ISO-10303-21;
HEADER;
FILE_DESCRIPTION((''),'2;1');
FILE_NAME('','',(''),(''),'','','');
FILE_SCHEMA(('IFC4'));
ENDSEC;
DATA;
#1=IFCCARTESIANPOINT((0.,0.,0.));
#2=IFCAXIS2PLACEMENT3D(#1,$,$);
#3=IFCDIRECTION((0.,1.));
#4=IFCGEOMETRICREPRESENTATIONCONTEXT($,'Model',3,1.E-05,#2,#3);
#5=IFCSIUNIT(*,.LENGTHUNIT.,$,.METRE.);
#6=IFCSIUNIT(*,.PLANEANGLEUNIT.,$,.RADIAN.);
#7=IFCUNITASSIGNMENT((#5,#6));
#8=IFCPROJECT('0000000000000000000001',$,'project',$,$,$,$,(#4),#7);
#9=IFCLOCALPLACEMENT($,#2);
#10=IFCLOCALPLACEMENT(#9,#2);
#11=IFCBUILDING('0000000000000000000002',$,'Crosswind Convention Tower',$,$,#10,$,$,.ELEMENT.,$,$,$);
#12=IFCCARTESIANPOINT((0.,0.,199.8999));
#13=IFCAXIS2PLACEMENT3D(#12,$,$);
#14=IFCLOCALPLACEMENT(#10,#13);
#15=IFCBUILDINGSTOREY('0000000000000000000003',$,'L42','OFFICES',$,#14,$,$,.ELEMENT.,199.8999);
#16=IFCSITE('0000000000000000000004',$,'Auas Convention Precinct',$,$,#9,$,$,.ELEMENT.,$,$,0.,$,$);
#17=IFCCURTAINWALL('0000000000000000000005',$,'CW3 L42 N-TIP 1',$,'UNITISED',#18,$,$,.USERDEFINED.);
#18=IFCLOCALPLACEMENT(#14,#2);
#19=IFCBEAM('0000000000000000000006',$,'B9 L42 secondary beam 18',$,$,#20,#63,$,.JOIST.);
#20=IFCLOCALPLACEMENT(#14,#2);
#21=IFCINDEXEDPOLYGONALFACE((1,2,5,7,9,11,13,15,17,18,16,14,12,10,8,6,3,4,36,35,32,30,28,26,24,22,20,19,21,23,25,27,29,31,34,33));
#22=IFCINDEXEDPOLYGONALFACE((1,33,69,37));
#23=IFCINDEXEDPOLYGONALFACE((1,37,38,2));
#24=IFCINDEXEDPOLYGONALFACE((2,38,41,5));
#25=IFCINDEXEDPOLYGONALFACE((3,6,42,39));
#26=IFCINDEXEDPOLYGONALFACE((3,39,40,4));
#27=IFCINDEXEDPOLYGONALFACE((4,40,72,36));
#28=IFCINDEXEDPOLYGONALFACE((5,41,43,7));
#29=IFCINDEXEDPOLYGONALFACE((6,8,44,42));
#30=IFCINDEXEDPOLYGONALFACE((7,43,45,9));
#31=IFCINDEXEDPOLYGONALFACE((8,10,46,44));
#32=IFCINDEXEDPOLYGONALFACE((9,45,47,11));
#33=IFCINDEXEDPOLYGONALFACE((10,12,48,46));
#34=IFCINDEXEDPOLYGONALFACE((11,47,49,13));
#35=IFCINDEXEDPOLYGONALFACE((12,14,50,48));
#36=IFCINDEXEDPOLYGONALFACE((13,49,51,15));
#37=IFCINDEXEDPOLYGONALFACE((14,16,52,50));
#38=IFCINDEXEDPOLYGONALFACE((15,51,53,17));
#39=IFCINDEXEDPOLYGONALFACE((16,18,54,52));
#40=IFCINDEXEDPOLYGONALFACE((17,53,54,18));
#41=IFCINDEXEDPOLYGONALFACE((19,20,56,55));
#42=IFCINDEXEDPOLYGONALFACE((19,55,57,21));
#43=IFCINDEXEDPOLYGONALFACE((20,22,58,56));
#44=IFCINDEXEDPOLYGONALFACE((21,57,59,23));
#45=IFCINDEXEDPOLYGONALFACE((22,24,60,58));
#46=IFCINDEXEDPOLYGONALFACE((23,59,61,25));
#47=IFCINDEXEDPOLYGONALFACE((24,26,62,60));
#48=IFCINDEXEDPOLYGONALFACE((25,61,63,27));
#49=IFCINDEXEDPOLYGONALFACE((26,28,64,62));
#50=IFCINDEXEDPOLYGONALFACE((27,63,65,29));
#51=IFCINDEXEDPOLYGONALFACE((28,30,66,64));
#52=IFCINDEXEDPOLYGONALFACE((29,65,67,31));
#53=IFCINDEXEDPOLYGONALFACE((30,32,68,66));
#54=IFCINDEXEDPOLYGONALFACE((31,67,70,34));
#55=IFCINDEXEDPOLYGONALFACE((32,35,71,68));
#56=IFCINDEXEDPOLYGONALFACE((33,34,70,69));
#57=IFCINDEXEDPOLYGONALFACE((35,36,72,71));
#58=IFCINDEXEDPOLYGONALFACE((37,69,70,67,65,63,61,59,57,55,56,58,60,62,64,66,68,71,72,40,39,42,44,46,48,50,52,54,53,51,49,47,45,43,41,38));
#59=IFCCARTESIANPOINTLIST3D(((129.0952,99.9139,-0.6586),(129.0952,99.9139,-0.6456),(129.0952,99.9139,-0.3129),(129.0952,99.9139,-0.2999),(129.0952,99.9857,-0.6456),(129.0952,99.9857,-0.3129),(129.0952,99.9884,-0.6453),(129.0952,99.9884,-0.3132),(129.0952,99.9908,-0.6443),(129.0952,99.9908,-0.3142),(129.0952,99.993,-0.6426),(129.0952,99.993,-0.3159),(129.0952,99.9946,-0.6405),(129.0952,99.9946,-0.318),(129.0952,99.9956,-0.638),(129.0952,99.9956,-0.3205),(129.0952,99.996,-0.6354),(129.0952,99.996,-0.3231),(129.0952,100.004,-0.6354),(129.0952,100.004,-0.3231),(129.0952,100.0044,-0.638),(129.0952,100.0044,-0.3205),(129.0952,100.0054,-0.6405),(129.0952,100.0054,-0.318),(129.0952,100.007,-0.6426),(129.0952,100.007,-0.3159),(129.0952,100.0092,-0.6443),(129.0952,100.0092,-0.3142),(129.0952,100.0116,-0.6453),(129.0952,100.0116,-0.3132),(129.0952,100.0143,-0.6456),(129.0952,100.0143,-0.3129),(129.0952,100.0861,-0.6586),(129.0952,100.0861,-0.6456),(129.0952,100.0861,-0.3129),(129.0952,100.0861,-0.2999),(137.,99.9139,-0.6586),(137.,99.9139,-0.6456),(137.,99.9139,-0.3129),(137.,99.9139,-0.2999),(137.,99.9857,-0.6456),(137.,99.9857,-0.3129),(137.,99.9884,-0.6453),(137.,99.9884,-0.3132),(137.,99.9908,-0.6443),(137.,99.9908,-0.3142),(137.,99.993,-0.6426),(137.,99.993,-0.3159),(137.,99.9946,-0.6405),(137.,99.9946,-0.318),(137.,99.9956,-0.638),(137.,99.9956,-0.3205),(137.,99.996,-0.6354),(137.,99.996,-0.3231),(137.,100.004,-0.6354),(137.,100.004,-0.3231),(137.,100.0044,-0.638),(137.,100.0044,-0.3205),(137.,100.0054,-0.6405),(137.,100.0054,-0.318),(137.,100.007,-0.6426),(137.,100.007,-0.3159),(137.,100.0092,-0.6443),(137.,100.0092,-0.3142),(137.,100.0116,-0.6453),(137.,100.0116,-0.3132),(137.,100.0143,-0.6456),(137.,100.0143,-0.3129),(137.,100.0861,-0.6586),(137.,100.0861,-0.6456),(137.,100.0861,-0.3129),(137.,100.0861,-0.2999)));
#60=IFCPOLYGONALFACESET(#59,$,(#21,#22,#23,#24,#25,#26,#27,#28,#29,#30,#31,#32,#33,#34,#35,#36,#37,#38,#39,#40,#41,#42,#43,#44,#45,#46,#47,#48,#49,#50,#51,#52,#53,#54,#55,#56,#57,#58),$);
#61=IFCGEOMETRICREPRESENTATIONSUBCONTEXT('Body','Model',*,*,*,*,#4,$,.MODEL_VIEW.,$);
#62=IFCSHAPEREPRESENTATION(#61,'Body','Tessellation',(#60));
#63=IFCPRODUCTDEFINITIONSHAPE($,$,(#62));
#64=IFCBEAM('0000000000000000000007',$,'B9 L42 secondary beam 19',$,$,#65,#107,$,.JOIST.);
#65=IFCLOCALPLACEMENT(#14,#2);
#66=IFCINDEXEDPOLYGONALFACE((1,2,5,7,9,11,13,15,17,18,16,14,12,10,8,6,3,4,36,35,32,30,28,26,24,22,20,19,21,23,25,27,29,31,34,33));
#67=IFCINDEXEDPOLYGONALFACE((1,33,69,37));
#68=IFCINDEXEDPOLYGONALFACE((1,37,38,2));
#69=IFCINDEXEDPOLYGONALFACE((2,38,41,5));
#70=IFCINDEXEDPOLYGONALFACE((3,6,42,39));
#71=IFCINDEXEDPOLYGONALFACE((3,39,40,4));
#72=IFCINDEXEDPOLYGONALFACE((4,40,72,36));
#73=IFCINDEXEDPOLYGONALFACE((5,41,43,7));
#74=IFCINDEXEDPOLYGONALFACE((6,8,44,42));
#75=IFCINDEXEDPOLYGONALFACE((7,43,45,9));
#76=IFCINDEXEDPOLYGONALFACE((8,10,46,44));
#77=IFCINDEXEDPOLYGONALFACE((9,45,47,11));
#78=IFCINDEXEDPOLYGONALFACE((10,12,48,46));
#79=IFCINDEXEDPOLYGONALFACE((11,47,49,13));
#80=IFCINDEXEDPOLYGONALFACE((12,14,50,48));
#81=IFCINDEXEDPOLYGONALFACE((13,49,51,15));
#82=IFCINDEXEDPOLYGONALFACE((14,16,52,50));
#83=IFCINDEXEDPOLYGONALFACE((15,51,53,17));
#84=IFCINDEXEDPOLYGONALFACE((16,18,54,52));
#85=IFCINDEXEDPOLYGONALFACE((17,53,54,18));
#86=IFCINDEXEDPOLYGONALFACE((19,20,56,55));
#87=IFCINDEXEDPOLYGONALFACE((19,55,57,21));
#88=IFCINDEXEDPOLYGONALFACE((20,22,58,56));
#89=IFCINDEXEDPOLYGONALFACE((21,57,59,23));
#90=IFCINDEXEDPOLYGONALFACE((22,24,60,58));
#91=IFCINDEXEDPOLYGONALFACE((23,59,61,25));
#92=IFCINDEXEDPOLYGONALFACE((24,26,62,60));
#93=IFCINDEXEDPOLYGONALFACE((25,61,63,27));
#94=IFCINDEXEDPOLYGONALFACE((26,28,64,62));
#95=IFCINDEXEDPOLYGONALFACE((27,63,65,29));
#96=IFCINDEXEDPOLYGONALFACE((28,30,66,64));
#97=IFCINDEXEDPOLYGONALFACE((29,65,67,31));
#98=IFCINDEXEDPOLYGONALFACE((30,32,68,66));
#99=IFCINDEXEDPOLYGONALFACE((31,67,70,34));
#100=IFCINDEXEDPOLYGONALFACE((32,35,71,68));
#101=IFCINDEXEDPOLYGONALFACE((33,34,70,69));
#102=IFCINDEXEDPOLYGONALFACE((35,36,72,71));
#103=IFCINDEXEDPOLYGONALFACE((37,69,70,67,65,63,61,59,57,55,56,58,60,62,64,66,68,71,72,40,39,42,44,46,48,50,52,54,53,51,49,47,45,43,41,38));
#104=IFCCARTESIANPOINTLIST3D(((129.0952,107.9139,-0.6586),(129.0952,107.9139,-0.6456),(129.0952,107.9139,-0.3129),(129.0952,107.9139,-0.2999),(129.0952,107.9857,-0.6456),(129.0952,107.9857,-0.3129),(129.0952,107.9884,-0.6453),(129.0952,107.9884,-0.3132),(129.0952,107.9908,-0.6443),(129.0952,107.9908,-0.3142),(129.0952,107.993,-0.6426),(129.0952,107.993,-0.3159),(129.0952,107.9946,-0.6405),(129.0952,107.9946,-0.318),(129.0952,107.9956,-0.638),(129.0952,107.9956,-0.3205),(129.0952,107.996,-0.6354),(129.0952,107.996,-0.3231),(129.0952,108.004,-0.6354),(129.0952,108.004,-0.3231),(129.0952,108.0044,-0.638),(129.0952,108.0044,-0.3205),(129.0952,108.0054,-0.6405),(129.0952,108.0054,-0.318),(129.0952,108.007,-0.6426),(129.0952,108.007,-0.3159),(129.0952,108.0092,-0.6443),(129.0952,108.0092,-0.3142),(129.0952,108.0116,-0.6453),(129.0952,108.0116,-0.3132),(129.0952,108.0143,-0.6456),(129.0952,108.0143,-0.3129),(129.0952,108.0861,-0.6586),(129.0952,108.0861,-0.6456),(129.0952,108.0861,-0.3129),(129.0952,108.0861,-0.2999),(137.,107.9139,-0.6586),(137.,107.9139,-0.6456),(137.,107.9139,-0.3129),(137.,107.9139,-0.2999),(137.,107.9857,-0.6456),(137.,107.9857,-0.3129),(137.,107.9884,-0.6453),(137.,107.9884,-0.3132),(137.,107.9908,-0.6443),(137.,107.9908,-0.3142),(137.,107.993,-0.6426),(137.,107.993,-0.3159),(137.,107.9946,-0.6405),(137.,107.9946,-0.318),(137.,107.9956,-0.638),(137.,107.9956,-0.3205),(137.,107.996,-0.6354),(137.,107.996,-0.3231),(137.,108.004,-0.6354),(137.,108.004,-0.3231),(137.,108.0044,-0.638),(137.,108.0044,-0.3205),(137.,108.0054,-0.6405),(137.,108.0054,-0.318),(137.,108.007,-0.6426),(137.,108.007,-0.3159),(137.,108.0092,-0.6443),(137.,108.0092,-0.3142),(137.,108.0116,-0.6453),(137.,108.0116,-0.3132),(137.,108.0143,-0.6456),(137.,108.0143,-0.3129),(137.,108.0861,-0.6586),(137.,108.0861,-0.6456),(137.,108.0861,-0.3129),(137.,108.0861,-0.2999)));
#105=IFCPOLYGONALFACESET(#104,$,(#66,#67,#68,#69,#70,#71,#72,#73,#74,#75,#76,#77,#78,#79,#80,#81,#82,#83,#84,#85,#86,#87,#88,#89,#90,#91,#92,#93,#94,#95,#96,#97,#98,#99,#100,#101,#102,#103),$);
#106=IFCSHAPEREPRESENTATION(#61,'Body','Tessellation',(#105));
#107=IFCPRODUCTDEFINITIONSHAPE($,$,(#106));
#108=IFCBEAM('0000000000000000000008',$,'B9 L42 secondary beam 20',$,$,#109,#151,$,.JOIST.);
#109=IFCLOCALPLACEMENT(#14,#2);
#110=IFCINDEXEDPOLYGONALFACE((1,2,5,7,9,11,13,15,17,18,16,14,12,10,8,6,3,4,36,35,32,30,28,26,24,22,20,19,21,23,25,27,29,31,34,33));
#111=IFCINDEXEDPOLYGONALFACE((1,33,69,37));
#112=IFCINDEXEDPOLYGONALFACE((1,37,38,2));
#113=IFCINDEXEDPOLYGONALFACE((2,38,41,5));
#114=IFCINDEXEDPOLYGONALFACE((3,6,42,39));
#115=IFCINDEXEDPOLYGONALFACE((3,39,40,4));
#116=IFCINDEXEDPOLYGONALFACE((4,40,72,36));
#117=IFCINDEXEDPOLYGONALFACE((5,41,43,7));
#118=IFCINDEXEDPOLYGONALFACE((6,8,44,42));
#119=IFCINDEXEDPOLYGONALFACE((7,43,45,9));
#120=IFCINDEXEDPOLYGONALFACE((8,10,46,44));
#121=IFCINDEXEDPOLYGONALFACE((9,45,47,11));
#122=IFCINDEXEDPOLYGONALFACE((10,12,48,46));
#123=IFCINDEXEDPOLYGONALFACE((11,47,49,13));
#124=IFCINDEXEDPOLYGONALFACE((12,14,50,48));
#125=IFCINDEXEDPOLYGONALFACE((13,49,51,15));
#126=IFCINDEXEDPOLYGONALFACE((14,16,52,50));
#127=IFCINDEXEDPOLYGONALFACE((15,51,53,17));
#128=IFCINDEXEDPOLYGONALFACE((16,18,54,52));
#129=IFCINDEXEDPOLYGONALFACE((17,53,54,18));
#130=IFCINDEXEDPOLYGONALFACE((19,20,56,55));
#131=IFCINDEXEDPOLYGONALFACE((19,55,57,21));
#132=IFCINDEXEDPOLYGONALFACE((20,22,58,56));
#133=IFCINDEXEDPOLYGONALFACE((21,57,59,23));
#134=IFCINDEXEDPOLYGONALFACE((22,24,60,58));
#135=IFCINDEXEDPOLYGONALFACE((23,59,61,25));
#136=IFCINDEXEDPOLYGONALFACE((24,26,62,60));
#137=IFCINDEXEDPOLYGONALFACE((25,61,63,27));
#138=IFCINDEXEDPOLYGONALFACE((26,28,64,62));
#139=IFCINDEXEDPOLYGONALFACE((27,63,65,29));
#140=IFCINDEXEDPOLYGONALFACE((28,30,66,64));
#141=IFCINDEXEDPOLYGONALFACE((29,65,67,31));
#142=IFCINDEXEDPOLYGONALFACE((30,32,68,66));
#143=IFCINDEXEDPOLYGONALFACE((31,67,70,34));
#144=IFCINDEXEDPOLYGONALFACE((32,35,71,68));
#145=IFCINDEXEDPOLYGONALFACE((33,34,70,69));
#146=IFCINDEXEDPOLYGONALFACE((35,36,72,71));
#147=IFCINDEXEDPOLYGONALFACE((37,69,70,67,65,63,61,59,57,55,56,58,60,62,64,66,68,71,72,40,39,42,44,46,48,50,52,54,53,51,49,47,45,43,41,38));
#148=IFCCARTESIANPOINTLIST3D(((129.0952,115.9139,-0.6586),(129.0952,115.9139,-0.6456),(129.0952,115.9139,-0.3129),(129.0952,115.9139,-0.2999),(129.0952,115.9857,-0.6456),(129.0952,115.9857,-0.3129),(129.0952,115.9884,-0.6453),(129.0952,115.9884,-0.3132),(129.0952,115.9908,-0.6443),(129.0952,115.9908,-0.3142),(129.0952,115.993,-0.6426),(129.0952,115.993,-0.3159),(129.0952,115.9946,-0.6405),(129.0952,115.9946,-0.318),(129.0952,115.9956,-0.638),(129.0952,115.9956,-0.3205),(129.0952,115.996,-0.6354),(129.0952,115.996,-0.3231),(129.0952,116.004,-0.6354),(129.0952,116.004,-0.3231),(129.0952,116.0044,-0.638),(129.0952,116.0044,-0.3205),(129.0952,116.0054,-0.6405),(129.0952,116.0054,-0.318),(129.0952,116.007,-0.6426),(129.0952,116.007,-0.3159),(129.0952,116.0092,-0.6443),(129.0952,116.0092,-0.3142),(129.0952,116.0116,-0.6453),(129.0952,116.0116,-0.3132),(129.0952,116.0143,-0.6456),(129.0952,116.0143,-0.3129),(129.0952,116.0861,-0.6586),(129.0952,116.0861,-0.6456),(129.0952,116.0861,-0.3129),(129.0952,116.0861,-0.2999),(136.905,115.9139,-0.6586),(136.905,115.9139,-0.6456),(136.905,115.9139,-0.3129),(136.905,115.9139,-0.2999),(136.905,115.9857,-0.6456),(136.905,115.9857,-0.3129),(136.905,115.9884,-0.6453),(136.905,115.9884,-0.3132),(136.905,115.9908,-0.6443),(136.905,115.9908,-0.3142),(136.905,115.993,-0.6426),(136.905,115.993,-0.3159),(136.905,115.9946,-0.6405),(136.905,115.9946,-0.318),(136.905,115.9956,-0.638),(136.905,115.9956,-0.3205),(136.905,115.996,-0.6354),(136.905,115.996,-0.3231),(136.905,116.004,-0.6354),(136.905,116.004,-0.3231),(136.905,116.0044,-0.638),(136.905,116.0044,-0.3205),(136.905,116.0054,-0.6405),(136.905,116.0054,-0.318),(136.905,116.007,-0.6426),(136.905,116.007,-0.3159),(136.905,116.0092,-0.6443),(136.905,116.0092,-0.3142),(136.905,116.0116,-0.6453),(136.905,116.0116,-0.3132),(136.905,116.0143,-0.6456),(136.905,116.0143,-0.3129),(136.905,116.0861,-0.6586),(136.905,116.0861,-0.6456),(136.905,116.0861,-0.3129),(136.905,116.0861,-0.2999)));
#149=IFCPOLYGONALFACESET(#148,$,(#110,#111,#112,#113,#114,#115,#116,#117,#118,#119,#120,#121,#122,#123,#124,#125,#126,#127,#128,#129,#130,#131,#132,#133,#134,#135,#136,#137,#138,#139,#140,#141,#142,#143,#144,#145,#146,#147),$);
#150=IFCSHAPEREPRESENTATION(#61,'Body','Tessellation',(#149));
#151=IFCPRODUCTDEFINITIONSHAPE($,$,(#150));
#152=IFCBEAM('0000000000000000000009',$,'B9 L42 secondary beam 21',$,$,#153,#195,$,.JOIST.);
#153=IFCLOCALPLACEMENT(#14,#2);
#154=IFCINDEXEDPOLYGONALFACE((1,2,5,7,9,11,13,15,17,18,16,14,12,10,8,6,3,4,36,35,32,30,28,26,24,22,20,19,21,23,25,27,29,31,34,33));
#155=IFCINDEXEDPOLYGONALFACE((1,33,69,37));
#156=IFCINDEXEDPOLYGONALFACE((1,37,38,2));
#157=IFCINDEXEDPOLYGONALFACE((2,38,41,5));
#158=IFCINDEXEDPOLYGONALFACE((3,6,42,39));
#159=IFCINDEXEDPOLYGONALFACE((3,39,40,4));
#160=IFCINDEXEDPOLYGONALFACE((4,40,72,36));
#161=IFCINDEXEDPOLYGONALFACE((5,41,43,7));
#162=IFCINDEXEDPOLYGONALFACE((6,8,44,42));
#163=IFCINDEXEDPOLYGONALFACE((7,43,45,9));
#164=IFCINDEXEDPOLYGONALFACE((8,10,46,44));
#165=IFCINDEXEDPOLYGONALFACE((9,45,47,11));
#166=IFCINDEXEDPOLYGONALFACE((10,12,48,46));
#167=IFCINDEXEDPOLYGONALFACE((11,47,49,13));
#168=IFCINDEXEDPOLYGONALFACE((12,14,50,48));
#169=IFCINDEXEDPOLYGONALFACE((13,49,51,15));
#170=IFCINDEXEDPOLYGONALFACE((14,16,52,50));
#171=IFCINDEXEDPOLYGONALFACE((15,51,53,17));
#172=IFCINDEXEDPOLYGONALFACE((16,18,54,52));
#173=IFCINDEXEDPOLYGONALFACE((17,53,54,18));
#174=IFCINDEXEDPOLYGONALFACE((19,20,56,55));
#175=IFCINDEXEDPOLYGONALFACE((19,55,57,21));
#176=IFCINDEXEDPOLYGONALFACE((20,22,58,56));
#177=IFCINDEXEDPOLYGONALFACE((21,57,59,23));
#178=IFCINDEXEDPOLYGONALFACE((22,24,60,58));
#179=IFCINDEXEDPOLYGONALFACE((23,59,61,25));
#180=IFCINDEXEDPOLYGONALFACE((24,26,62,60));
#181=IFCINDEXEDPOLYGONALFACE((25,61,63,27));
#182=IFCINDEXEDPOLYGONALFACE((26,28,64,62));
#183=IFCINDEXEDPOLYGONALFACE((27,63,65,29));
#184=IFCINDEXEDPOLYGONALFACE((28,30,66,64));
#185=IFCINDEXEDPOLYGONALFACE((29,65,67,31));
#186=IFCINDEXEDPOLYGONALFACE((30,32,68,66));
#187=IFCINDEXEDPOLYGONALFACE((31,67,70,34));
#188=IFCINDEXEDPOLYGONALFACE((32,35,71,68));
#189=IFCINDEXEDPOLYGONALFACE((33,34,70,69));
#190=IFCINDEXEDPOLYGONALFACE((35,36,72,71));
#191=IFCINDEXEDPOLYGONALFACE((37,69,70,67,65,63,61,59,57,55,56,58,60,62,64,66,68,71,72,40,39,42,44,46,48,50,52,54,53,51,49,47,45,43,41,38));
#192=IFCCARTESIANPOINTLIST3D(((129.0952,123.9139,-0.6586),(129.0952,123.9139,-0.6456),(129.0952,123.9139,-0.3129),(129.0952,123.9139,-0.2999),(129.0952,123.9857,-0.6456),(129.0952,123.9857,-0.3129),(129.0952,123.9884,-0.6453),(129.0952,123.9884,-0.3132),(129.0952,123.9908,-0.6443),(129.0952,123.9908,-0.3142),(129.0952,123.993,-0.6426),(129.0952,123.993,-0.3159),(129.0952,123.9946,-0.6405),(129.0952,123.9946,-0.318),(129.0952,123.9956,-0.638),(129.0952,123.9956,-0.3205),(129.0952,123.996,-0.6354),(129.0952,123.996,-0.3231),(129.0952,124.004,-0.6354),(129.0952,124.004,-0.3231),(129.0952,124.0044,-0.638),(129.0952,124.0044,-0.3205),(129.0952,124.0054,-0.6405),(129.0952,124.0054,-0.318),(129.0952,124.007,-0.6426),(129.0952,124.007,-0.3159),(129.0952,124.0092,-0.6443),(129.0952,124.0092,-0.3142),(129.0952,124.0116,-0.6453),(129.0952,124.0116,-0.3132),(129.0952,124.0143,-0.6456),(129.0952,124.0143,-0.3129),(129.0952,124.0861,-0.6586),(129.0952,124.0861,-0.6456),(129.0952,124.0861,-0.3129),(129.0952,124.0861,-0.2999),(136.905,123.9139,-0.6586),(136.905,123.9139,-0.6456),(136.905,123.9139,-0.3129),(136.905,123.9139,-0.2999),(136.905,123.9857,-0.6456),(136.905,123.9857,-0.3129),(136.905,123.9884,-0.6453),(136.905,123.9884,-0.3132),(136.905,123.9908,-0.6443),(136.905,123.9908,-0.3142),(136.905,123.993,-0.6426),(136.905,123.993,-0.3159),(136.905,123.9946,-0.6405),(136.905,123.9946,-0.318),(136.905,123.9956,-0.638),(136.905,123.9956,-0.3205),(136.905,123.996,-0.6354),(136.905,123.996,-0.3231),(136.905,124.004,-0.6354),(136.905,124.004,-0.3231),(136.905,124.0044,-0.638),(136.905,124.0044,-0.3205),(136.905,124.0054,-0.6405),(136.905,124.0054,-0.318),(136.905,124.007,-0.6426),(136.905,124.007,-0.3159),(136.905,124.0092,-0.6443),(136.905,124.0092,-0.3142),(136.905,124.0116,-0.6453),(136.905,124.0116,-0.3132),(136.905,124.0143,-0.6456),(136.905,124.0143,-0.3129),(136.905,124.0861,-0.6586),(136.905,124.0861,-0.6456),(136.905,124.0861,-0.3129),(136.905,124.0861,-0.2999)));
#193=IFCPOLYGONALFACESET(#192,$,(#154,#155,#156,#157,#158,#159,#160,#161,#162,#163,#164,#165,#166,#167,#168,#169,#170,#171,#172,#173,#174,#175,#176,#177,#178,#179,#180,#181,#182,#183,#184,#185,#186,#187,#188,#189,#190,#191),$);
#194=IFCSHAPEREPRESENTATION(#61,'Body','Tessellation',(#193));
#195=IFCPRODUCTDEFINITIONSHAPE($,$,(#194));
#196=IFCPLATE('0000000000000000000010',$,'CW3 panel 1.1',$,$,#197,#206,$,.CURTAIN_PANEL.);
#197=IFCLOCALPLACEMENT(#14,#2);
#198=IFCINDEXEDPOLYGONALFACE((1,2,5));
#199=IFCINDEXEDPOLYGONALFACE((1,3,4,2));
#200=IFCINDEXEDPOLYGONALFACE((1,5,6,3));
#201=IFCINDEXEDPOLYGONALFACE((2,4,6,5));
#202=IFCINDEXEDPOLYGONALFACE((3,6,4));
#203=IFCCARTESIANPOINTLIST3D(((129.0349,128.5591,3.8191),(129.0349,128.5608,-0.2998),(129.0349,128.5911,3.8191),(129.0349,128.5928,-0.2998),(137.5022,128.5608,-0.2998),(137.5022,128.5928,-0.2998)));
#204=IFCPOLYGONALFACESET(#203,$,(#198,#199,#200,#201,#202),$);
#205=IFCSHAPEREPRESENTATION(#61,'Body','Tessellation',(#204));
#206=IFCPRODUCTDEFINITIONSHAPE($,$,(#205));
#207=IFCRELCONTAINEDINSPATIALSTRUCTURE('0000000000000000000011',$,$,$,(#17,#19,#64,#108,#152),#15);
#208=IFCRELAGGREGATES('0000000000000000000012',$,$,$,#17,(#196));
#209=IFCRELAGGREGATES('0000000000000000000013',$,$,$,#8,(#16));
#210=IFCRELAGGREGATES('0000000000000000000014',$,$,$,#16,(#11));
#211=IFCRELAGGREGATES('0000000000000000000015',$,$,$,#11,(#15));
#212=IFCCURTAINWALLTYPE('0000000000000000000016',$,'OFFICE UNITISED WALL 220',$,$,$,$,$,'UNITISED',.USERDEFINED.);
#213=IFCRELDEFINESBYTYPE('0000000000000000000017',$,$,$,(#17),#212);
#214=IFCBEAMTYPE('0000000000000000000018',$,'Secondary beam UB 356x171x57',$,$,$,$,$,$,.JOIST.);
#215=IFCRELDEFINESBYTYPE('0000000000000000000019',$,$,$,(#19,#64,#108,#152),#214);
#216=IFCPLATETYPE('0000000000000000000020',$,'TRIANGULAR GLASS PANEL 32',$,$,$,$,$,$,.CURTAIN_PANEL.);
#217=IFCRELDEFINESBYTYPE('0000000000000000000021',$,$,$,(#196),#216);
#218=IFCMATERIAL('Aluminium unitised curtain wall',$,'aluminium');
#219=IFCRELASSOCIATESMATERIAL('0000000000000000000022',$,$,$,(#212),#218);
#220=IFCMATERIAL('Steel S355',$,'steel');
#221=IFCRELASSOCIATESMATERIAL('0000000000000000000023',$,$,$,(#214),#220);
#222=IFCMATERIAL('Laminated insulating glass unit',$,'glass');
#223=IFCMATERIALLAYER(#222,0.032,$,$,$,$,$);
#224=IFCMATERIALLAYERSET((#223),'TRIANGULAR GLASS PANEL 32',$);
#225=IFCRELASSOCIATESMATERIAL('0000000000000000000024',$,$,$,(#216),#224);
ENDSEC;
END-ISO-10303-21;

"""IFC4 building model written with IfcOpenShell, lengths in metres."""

from ifc_helpers import new_model, si_unit, direction, frame, origin, origin_2d, place, context, subcontext, project, spatial, polyline, i_section, outline, extrude, material, layer, layer_set, material_profile, profile_set, type_object, element, aggregate, save


model = new_model("IFC4")

# Units and contexts
model_context = context("Model", 3, precision=1e-05, world=origin(), true_north=direction((0.0, 1.0)))
body_context = subcontext(model_context, "Body", "Model", "MODEL_VIEW")
ifc_project = project(units=[si_unit("LENGTHUNIT", "METRE"), si_unit("PLANEANGLEUNIT", "RADIAN")], contexts=[model_context])

# Site, building, storey
site_placement = place(None, origin())
site = spatial("IfcSite", under=ifc_project, at=site_placement, Name="Auas Convention Precinct", CompositionType="ELEMENT", RefElevation=0.0)
building_placement = place(site_placement, origin())
building = spatial("IfcBuilding", under=site, at=building_placement, Name="Crosswind Convention Tower", CompositionType="ELEMENT")
storey_placement = place(building_placement, frame((0.0, 0.0, 199.8999)))
storey = spatial("IfcBuildingStorey", under=building, at=storey_placement, Name="L42", Description="OFFICES", CompositionType="ELEMENT", Elevation=199.8999)

# Shared definitions
ifc_material_1 = material(Name="Steel S355", Category="steel")

# Curtain wall
ifc_material_2 = material(Name="Aluminium unitised curtain wall", Category="aluminium")
curtain_wall_type = type_object("IfcCurtainWallType", Name="OFFICE UNITISED WALL 220", ElementType="UNITISED", PredefinedType="USERDEFINED", material=ifc_material_2)
curtain_wall_placement = place(storey_placement, origin())
curtain_wall = element("IfcCurtainWall", 1, at=curtain_wall_placement, inside=storey, type_object=curtain_wall_type, Name="CW3 L42 N-TIP 1", ObjectType="UNITISED", PredefinedType="USERDEFINED")

# Beams
ifc_material_profile_1 = material_profile(ifc_material_1, i_section(OverallWidth=0.1721, OverallDepth=0.3586, WebThickness=0.0081, FlangeThickness=0.0129, FilletRadius=0.0103, at=origin_2d()), Name="UB 356x171x57")
ifc_profile_set_1 = profile_set([ifc_material_profile_1], Name="Steel S355")
beam_type_1 = type_object("IfcBeamType", Name="Secondary beam UB 356x171x57", PredefinedType="JOIST", material=ifc_profile_set_1)
for number, where, z_axis, x_axis, name in (
    (2, (129.0952, 100.0, -0.4792), (1.0, 0.0, 0.0), (0.0, 1.0, 0.0), "B9 L42 secondary beam 18"),
    (3, (129.0952, 108.0, -0.4792), (1.0, 0.0, 0.0), (0.0, 1.0, 0.0), "B9 L42 secondary beam 19"),
):
    element("IfcBeam", number, at=place(storey_placement, frame(where, z_axis=z_axis, x_axis=x_axis)), inside=storey, type_object=beam_type_1, Name=name, PredefinedType="JOIST", context=body_context, shape_type="SweptSolid", body=[
        extrude(i_section(OverallWidth=0.1721, OverallDepth=0.3586, WebThickness=0.0081, FlangeThickness=0.0129, FilletRadius=0.0103, at=origin_2d()), origin(), (0.0, 0.0, 1.0), 7.9048),
    ])
for number, where, z_axis, x_axis, name in (
    (4, (129.0952, 116.0, -0.4792), (1.0, 0.0, 0.0), (0.0, 1.0, 0.0), "B9 L42 secondary beam 20"),
    (5, (129.0952, 124.0, -0.4792), (1.0, 0.0, 0.0), (0.0, 1.0, 0.0), "B9 L42 secondary beam 21"),
):
    element("IfcBeam", number, at=place(storey_placement, frame(where, z_axis=z_axis, x_axis=x_axis)), inside=storey, type_object=beam_type_1, Name=name, PredefinedType="JOIST", context=body_context, shape_type="SweptSolid", body=[
        extrude(i_section(OverallWidth=0.1721, OverallDepth=0.3586, WebThickness=0.0081, FlangeThickness=0.0129, FilletRadius=0.0103, at=origin_2d()), origin(), (0.0, 0.0, 1.0), 7.8098),
    ])

# Plate
ifc_material_3 = material(Name="Laminated insulating glass unit", Category="glass")
ifc_layer_1 = layer(ifc_material_3, 0.032)
ifc_layer_set_1 = layer_set([ifc_layer_1], Name="TRIANGULAR GLASS PANEL 32")
plate_type = type_object("IfcPlateType", Name="TRIANGULAR GLASS PANEL 32", PredefinedType="CURTAIN_PANEL", material=ifc_layer_set_1)
plate_1_placement = place(storey_placement, frame((129.0349, 128.5928, -0.2998), z_axis=(0.0, 1.0, 0.000415), x_axis=(0.0, -0.000415, 1.0)))
plate_1 = element("IfcPlate", 6, at=plate_1_placement, type_object=plate_type, Name="CW3 panel 1.1", PredefinedType="CURTAIN_PANEL", context=body_context, shape_type="SweptSolid", body=[
    extrude(outline(polyline([(0.0, 0.0), (4.1189, 0.0), (0.0, 8.4673), (0.0, 0.0)])), origin(), (0.0, 0.0, -1.0), 0.032),
])
aggregate(curtain_wall, [plate_1])

save(model, "model.ifc")
